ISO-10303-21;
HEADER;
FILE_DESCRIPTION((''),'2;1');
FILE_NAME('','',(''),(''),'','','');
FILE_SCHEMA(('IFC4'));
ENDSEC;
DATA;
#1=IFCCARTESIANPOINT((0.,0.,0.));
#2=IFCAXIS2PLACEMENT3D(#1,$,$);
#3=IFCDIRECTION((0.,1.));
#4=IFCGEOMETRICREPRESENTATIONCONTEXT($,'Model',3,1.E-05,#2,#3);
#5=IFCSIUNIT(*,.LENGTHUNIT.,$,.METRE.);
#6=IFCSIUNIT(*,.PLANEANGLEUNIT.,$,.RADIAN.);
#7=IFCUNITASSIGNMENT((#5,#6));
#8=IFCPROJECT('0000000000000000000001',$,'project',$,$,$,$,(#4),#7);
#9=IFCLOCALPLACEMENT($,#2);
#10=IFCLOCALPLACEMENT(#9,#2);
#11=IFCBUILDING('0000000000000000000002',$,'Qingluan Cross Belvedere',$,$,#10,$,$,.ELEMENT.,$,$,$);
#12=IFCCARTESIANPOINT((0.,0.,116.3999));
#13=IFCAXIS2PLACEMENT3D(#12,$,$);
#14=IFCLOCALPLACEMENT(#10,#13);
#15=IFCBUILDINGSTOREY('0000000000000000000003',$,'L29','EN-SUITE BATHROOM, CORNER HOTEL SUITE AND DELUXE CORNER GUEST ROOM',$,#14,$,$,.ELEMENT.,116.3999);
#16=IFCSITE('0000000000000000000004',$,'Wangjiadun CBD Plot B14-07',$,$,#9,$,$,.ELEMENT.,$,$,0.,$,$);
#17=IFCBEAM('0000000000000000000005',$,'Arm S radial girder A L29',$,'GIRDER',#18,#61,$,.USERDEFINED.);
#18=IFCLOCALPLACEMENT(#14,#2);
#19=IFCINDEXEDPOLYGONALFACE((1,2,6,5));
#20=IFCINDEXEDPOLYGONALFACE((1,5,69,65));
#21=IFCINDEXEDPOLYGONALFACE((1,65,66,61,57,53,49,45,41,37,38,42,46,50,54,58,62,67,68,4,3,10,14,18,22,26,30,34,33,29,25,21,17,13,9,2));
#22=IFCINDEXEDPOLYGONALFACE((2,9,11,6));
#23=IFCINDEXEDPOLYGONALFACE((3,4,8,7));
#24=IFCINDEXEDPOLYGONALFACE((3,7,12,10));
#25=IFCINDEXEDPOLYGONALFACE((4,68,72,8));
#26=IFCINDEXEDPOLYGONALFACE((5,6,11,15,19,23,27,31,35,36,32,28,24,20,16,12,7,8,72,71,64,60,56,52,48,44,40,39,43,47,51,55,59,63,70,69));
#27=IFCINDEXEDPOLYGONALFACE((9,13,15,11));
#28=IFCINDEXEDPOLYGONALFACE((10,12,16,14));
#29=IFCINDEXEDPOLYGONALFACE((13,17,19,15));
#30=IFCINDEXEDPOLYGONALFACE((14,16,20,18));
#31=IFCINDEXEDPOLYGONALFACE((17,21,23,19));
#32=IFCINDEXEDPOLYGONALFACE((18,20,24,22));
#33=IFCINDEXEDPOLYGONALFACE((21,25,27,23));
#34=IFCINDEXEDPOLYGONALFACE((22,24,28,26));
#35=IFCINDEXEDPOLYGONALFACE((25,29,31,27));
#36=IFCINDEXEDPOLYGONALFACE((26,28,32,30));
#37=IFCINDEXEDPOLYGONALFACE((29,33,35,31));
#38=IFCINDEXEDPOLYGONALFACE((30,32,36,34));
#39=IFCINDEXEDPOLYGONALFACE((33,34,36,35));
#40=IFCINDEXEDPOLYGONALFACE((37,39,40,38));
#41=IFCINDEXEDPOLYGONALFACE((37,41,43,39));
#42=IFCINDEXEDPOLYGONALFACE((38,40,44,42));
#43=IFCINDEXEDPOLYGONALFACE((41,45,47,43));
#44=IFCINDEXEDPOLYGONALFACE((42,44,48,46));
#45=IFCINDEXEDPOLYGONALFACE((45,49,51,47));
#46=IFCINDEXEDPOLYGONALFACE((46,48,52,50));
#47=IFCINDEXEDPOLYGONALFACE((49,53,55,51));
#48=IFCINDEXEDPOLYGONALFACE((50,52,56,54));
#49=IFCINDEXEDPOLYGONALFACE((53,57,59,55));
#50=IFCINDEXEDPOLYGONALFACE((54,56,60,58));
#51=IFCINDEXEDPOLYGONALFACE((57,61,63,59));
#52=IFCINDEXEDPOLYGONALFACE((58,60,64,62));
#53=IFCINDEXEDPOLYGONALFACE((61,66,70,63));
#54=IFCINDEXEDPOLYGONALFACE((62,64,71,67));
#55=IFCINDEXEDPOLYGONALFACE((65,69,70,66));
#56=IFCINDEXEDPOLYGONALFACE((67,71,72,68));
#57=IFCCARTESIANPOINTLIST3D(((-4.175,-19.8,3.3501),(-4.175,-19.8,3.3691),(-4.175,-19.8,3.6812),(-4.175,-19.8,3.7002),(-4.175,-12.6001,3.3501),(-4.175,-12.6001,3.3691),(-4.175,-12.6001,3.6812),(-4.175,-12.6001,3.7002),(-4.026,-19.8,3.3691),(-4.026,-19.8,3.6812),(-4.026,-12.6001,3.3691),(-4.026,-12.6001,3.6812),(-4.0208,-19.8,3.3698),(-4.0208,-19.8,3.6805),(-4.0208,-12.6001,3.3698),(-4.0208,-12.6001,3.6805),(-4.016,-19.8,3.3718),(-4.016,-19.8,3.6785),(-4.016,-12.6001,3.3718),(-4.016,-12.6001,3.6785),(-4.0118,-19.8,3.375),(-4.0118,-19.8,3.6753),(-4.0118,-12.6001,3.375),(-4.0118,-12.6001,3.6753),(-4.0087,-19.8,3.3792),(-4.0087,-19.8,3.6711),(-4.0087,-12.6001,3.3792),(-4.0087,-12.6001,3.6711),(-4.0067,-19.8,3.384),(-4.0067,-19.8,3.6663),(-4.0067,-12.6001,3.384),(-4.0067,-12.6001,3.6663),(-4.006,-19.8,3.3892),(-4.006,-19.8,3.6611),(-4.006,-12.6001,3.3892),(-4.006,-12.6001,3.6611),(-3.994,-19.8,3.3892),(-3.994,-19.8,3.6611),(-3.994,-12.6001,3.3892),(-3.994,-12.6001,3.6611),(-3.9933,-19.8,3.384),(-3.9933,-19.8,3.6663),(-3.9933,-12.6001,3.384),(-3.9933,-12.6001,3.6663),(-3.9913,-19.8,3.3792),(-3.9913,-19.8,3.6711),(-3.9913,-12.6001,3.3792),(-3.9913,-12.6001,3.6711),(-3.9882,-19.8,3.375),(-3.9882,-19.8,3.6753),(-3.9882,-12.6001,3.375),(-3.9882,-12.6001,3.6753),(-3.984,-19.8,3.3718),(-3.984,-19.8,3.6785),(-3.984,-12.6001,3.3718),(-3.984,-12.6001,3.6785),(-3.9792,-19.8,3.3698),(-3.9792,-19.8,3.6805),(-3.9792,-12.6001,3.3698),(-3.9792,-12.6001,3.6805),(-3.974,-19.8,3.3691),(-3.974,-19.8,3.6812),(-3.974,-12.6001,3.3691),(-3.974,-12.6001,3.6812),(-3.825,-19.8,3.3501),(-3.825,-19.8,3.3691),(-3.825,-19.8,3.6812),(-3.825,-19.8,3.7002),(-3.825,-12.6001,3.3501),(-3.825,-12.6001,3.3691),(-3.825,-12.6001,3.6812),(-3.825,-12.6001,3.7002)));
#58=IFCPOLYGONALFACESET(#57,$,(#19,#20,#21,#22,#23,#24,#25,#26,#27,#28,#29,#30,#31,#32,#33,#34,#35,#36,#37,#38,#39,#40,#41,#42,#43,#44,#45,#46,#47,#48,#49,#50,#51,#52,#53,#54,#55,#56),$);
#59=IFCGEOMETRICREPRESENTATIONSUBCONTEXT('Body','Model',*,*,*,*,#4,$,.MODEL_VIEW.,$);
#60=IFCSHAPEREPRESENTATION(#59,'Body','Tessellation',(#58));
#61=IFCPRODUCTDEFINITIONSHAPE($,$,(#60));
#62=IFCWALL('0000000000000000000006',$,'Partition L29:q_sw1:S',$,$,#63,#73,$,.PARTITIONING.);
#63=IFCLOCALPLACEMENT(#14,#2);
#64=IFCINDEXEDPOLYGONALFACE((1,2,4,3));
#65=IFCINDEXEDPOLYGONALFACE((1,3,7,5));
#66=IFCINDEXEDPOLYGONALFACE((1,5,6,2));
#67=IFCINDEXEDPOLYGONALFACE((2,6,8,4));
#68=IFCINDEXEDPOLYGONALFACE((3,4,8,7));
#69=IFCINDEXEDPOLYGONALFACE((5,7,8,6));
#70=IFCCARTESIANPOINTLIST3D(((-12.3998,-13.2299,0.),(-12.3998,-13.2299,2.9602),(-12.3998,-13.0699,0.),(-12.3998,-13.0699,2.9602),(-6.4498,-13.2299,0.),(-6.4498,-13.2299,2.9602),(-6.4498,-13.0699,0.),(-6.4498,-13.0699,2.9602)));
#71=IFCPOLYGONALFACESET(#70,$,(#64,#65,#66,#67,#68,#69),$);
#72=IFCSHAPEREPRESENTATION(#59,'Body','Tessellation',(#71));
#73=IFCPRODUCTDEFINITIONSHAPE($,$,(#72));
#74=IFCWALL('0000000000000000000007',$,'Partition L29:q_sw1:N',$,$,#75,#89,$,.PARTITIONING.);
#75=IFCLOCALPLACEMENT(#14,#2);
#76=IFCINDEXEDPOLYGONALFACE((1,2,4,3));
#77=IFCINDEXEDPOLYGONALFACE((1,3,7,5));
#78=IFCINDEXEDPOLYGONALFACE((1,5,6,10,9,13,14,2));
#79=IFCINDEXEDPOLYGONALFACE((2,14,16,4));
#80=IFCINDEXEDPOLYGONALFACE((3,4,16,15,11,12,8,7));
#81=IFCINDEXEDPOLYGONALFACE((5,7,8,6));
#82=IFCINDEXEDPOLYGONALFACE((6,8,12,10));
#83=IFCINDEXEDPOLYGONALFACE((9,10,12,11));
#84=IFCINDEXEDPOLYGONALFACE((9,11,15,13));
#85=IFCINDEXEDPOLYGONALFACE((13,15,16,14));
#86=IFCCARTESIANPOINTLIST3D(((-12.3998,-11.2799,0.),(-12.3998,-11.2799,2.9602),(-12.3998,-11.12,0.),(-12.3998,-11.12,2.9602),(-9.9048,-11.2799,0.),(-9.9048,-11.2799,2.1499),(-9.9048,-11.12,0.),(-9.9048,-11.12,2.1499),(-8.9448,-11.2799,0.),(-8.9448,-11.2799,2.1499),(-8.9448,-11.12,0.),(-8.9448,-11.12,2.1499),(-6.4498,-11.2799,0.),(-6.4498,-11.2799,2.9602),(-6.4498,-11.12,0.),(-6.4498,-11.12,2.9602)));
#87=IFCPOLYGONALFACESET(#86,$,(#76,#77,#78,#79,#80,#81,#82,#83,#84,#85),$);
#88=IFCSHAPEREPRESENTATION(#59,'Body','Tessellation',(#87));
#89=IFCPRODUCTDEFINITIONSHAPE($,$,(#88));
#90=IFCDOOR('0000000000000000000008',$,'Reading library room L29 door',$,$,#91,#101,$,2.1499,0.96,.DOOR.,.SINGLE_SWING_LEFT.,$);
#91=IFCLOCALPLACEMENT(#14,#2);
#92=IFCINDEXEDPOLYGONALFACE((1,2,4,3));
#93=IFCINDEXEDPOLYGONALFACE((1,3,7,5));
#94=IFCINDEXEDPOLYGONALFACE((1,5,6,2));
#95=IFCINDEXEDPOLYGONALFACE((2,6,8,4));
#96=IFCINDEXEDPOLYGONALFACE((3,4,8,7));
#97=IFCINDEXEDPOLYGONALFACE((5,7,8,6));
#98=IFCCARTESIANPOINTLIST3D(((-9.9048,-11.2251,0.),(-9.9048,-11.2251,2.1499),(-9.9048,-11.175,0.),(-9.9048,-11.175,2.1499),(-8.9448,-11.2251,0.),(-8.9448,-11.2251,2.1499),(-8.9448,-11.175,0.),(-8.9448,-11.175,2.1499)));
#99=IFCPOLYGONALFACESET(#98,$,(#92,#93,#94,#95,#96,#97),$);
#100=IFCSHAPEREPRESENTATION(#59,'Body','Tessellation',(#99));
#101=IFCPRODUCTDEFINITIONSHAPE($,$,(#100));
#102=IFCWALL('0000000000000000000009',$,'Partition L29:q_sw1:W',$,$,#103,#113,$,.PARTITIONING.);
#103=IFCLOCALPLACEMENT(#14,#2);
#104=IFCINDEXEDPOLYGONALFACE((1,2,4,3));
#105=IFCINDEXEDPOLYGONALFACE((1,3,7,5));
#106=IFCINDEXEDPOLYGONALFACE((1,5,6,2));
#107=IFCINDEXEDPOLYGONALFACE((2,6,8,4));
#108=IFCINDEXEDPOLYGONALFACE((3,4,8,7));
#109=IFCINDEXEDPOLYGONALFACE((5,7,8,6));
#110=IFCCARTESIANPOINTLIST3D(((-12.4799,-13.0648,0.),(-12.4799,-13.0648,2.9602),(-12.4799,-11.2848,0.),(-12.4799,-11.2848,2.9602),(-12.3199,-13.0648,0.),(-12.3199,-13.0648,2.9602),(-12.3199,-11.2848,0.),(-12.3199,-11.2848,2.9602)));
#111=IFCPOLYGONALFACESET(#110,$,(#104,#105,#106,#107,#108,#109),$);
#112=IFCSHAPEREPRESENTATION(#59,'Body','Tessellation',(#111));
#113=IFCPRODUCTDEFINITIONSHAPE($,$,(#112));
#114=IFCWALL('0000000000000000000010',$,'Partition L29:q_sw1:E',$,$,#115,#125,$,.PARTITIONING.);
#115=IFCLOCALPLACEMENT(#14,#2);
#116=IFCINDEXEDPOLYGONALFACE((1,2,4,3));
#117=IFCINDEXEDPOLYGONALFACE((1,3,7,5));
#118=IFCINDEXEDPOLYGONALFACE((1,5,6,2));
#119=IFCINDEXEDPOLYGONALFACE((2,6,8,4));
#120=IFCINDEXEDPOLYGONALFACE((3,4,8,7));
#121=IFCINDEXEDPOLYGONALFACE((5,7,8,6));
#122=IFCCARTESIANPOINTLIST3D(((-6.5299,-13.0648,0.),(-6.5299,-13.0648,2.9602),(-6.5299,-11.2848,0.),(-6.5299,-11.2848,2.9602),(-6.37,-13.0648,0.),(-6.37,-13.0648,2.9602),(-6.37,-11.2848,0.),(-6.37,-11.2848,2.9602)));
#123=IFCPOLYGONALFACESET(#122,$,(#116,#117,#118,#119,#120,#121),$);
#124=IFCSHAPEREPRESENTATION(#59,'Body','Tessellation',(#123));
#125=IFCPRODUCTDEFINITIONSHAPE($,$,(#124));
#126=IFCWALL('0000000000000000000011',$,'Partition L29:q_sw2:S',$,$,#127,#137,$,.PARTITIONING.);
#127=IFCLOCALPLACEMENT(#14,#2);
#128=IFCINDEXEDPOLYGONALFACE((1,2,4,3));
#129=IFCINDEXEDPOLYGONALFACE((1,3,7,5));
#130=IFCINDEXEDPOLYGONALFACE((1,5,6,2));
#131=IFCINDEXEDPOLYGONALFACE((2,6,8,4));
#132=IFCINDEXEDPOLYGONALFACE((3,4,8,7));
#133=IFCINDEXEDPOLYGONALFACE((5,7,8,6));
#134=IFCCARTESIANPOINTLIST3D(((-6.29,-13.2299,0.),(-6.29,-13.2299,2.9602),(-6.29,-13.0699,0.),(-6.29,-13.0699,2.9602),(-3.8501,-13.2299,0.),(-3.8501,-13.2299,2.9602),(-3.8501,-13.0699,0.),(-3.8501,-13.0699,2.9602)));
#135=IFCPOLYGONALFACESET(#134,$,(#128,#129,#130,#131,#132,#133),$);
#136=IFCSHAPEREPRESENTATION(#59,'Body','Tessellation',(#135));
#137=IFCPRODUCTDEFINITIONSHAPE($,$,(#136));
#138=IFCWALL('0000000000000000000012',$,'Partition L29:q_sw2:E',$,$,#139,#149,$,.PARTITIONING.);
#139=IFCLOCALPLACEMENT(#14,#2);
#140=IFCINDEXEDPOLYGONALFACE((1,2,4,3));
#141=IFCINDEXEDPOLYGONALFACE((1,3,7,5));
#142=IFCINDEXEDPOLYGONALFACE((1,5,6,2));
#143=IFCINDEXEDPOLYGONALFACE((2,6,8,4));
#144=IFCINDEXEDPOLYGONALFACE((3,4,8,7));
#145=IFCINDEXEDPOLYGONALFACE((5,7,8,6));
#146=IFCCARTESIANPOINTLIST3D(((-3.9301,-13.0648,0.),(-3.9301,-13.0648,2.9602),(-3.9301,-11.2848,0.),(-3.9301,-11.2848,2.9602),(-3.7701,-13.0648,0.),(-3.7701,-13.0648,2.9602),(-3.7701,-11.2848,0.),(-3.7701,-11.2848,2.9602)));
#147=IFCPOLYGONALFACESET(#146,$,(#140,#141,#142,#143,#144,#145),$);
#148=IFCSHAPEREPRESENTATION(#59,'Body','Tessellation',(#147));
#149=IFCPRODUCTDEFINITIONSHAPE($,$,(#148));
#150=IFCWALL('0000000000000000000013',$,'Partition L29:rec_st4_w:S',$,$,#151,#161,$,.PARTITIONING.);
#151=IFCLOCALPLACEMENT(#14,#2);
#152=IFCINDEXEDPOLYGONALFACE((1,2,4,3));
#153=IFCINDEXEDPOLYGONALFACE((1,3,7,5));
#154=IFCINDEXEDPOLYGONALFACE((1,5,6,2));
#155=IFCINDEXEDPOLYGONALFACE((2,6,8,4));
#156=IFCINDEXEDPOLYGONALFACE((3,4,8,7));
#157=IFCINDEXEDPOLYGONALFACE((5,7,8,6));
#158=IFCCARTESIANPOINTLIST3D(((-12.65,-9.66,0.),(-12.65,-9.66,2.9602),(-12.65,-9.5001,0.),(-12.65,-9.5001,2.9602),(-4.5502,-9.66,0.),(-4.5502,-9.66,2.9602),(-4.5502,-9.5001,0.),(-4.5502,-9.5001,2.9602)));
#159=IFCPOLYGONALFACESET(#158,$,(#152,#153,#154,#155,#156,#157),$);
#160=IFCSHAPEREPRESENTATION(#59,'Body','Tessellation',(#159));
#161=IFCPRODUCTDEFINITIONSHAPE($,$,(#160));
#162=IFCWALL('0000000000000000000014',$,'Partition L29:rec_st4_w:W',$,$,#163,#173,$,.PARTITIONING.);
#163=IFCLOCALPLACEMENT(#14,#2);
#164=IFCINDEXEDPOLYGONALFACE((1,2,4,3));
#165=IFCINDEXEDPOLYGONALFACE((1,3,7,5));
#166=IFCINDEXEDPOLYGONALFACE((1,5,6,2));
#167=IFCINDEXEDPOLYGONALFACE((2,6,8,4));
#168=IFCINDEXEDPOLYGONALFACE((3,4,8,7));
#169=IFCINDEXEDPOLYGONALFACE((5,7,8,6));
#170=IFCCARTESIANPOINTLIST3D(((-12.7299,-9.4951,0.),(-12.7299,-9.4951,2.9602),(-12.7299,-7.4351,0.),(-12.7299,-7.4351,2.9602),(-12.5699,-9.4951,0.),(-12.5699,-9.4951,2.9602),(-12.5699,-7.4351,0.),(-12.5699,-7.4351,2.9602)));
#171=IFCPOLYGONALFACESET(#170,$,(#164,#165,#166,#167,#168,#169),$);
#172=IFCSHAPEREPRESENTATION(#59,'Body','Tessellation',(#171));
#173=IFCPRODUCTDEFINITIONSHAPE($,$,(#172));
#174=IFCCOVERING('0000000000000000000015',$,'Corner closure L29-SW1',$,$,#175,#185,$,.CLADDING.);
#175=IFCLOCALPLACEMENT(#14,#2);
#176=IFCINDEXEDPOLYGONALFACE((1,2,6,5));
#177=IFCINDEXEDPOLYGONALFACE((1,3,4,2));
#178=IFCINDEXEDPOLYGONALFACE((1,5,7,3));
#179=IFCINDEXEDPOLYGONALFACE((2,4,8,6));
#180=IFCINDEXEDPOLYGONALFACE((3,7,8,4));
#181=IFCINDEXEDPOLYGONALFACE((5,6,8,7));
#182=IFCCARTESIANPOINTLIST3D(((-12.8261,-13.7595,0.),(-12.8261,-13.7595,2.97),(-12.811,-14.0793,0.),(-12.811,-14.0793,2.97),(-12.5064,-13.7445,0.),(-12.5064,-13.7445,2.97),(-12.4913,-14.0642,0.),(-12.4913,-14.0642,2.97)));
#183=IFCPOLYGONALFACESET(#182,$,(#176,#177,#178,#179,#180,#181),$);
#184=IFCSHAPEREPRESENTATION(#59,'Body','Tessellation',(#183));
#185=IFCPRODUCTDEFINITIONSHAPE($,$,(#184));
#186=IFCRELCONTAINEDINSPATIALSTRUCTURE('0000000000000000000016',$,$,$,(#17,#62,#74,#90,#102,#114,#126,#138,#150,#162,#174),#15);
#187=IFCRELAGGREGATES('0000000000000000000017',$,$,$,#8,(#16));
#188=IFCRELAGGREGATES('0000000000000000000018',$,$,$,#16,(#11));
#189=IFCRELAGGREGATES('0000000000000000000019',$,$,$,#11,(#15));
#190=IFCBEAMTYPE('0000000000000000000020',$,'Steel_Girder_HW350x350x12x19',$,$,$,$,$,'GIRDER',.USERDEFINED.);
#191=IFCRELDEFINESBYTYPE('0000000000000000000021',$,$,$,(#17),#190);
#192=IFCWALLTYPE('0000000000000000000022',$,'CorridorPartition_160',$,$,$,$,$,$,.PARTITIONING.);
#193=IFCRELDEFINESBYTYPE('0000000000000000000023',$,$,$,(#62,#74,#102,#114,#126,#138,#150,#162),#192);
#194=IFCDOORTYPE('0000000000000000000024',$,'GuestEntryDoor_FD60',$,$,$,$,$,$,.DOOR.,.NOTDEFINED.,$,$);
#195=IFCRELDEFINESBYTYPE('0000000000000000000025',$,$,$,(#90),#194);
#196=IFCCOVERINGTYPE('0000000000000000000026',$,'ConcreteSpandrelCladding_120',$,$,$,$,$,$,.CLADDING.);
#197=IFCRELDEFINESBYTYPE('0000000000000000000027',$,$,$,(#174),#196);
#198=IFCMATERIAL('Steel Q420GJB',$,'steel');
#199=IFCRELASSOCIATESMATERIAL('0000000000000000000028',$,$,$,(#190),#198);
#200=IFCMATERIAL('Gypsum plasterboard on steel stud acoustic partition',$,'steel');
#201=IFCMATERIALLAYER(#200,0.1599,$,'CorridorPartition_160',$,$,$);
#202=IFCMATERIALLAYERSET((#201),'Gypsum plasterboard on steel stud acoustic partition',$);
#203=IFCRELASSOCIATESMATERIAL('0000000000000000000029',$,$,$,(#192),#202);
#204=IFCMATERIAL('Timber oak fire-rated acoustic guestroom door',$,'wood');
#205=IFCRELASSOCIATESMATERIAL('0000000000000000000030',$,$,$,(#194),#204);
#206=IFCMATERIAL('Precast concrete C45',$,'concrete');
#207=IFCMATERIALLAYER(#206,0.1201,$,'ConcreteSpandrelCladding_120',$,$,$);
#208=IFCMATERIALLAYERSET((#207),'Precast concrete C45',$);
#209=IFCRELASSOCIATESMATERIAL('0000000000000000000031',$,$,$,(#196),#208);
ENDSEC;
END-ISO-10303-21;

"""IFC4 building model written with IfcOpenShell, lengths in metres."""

from ifc_helpers import new_model, si_unit, direction, frame, frame_2d, origin, origin_2d, place, context, subcontext, project, spatial, rectangle, i_section, extrude, material, layer, layer_set, material_profile, profile_set, type_object, element, fill, save


model = new_model("IFC4")

# Units and contexts
model_context = context("Model", 3, precision=1e-05, world=origin(), true_north=direction((0.0, 1.0)))
body_context = subcontext(model_context, "Body", "Model", "MODEL_VIEW")
ifc_project = project(units=[si_unit("LENGTHUNIT", "METRE"), si_unit("PLANEANGLEUNIT", "RADIAN")], contexts=[model_context])

# Site, building, storey
site_placement = place(None, origin())
site = spatial("IfcSite", under=ifc_project, at=site_placement, Name="Wangjiadun CBD Plot B14-07", CompositionType="ELEMENT", RefElevation=0.0)
building_placement = place(site_placement, origin())
building = spatial("IfcBuilding", under=site, at=building_placement, Name="Qingluan Cross Belvedere", CompositionType="ELEMENT")
storey_placement = place(building_placement, frame((0.0, 0.0, 116.3999)))
storey = spatial("IfcBuildingStorey", under=building, at=storey_placement, Name="L29", Description="EN-SUITE BATHROOM, CORNER HOTEL SUITE AND DELUXE CORNER GUEST ROOM", CompositionType="ELEMENT", Elevation=116.3999)

# Beam
ifc_material_1 = material(Name="Steel Q420GJB", Category="steel")
ifc_material_profile_1 = material_profile(ifc_material_1, i_section(OverallWidth=0.3501, OverallDepth=0.3501, WebThickness=0.012, FlangeThickness=0.019, FilletRadius=0.02, at=origin_2d()), Name="HW350x350x12x19")
ifc_profile_set_1 = profile_set([ifc_material_profile_1], Name="Steel Q420GJB")
beam_type_1 = type_object("IfcBeamType", Name="Steel_Girder_HW350x350x12x19", ElementType="GIRDER", PredefinedType="USERDEFINED", material=ifc_profile_set_1)
beam_1_placement = place(storey_placement, frame((-4.0, -12.6001, 3.5251), z_axis=(0.0, -1.0, 0.0), x_axis=(1.0, 0.0, 0.0)))
element("IfcBeam", 1, at=beam_1_placement, inside=storey, type_object=beam_type_1, Name="Arm S radial girder A L29", ObjectType="GIRDER", PredefinedType="USERDEFINED", context=body_context, shape_type="SweptSolid", body=[
    extrude(i_section(OverallWidth=0.3501, OverallDepth=0.3501, WebThickness=0.012, FlangeThickness=0.019, FilletRadius=0.02, at=origin_2d()), origin(), (0.0, 0.0, 1.0), 7.2),
])

# Wall
ifc_material_2 = material(Name="Gypsum plasterboard on steel stud acoustic partition", Category="steel")
ifc_layer_1 = layer(ifc_material_2, 0.1599, Name="CorridorPartition_160")
ifc_layer_set_1 = layer_set([ifc_layer_1], Name="Gypsum plasterboard on steel stud acoustic partition")
wall_type = type_object("IfcWallType", Name="CorridorPartition_160", PredefinedType="PARTITIONING", material=ifc_layer_set_1)
wall_1_placement = place(storey_placement, frame((-12.3999, -13.1499, 0.0), z_axis=(0.0, 0.0, 1.0), x_axis=(1.0, 0.0, 0.0)))
element("IfcWall", 2, at=wall_1_placement, inside=storey, type_object=wall_type, Name="Partition L29:q_sw1:S", PredefinedType="PARTITIONING", context=body_context, shape_type="SweptSolid", body=[
    extrude(rectangle(XDim=5.95, YDim=0.1599, at=frame_2d((2.9751, 0.0))), origin(), (0.0, 0.0, 1.0), 2.9602),
])

# Wall, opening, door
wall_2_placement = place(storey_placement, frame((-12.3999, -11.2, 0.0), z_axis=(0.0, 0.0, 1.0), x_axis=(1.0, 0.0, 0.0)))
wall_2 = element("IfcWall", 3, at=wall_2_placement, inside=storey, type_object=wall_type, Name="Partition L29:q_sw1:N", PredefinedType="PARTITIONING", context=body_context, shape_type="SweptSolid", body=[
    extrude(rectangle(XDim=5.95, YDim=0.1599, at=frame_2d((2.9751, 0.0))), origin(), (0.0, 0.0, 1.0), 2.9602),
])
opening_1_placement = place(wall_2_placement, frame((2.4951, 0.0, 0.0)))
opening_1 = element("IfcOpeningElement", 4, at=opening_1_placement, cuts=wall_2, PredefinedType="OPENING", context=body_context, shape_type="SweptSolid", body=[
    extrude(rectangle(XDim=0.96, YDim=2.1499, at=frame_2d((0.48, 1.075))), frame((0.0, 0.0898, 0.0), z_axis=(0.0, -1.0, 0.0), x_axis=(1.0, 0.0, 0.0)), (0.0, 0.0, 1.0), 0.1799),
])
ifc_material_3 = material(Name="Timber oak fire-rated acoustic guestroom door", Category="wood")
door_type = type_object("IfcDoorType", Name="GuestEntryDoor_FD60", OperationType="NOTDEFINED", PredefinedType="DOOR", material=ifc_material_3)
door_1_placement = place(opening_1_placement, origin())
door_1 = element("IfcDoor", 5, at=door_1_placement, inside=storey, type_object=door_type, Name="Reading library room L29 door", OperationType="SINGLE_SWING_LEFT", OverallHeight=2.1499, OverallWidth=0.96, PredefinedType="DOOR", context=body_context, shape_type="SweptSolid", body=[
    extrude(rectangle(XDim=0.96, YDim=2.1499, at=frame_2d((0.48, 1.075))), frame((0.0, 0.0249, 0.0), z_axis=(0.0, -1.0, 0.0), x_axis=(1.0, 0.0, 0.0)), (0.0, 0.0, 1.0), 0.05),
])
fill(opening_1, door_1)

# Walls
for number, where, z_axis, x_axis, name in (
    (6, (-12.3999, -13.0649, 0.0), (0.0, 0.0, 1.0), (0.0, 1.0, 0.0), "Partition L29:q_sw1:W"),
    (7, (-6.45, -13.0649, 0.0), (0.0, 0.0, 1.0), (0.0, 1.0, 0.0), "Partition L29:q_sw1:E"),
):
    element("IfcWall", number, at=place(storey_placement, frame(where, z_axis=z_axis, x_axis=x_axis)), inside=storey, type_object=wall_type, Name=name, PredefinedType="PARTITIONING", context=body_context, shape_type="SweptSolid", body=[
        extrude(rectangle(XDim=1.78, YDim=0.1599, at=frame_2d((0.8901, 0.0))), origin(), (0.0, 0.0, 1.0), 2.9602),
    ])
wall_3_placement = place(storey_placement, frame((-6.29, -13.1499, 0.0), z_axis=(0.0, 0.0, 1.0), x_axis=(1.0, 0.0, 0.0)))
element("IfcWall", 8, at=wall_3_placement, inside=storey, type_object=wall_type, Name="Partition L29:q_sw2:S", PredefinedType="PARTITIONING", context=body_context, shape_type="SweptSolid", body=[
    extrude(rectangle(XDim=2.4399, YDim=0.1599, at=frame_2d((1.22, 0.0))), origin(), (0.0, 0.0, 1.0), 2.9602),
])

# Walls
wall_4_placement = place(storey_placement, frame((-3.8501, -13.0649, 0.0), z_axis=(0.0, 0.0, 1.0), x_axis=(0.0, 1.0, 0.0)))
element("IfcWall", 9, at=wall_4_placement, inside=storey, type_object=wall_type, Name="Partition L29:q_sw2:E", PredefinedType="PARTITIONING", context=body_context, shape_type="SweptSolid", body=[
    extrude(rectangle(XDim=1.78, YDim=0.1599, at=frame_2d((0.8901, 0.0))), origin(), (0.0, 0.0, 1.0), 2.9602),
])
wall_5_placement = place(storey_placement, frame((-12.6499, -9.5801, 0.0), z_axis=(0.0, 0.0, 1.0), x_axis=(1.0, 0.0, 0.0)))
element("IfcWall", 10, at=wall_5_placement, inside=storey, type_object=wall_type, Name="Partition L29:rec_st4_w:S", PredefinedType="PARTITIONING", context=body_context, shape_type="SweptSolid", body=[
    extrude(rectangle(XDim=8.0999, YDim=0.1599, at=frame_2d((4.0498, 0.0))), origin(), (0.0, 0.0, 1.0), 2.9602),
])
wall_6_placement = place(storey_placement, frame((-12.6499, -9.4951, 0.0), z_axis=(0.0, 0.0, 1.0), x_axis=(0.0, 1.0, 0.0)))
element("IfcWall", 11, at=wall_6_placement, inside=storey, type_object=wall_type, Name="Partition L29:rec_st4_w:W", PredefinedType="PARTITIONING", context=body_context, shape_type="SweptSolid", body=[
    extrude(rectangle(XDim=2.0601, YDim=0.1599, at=frame_2d((1.03, 0.0))), origin(), (0.0, 0.0, 1.0), 2.9602),
])

# Covering
ifc_material_4 = material(Name="Precast concrete C45", Category="concrete")
ifc_layer_2 = layer(ifc_material_4, 0.1201, Name="ConcreteSpandrelCladding_120")
ifc_layer_set_2 = layer_set([ifc_layer_2], Name="Precast concrete C45")
covering_type = type_object("IfcCoveringType", Name="ConcreteSpandrelCladding_120", PredefinedType="CLADDING", material=ifc_layer_set_2)
covering_placement = place(storey_placement, frame((-12.6587, -13.9119, 0.0), z_axis=(0.0, 0.0, 1.0), x_axis=(0.99889, 0.047106, 0.0)))
element("IfcCovering", 12, at=covering_placement, inside=storey, type_object=covering_type, Name="Corner closure L29-SW1", PredefinedType="CLADDING", context=body_context, shape_type="SweptSolid", body=[
    extrude(rectangle(XDim=0.3201, YDim=0.3201, at=origin_2d()), origin(), (0.0, 0.0, 1.0), 2.97),
])

save(model, "model.ifc")
